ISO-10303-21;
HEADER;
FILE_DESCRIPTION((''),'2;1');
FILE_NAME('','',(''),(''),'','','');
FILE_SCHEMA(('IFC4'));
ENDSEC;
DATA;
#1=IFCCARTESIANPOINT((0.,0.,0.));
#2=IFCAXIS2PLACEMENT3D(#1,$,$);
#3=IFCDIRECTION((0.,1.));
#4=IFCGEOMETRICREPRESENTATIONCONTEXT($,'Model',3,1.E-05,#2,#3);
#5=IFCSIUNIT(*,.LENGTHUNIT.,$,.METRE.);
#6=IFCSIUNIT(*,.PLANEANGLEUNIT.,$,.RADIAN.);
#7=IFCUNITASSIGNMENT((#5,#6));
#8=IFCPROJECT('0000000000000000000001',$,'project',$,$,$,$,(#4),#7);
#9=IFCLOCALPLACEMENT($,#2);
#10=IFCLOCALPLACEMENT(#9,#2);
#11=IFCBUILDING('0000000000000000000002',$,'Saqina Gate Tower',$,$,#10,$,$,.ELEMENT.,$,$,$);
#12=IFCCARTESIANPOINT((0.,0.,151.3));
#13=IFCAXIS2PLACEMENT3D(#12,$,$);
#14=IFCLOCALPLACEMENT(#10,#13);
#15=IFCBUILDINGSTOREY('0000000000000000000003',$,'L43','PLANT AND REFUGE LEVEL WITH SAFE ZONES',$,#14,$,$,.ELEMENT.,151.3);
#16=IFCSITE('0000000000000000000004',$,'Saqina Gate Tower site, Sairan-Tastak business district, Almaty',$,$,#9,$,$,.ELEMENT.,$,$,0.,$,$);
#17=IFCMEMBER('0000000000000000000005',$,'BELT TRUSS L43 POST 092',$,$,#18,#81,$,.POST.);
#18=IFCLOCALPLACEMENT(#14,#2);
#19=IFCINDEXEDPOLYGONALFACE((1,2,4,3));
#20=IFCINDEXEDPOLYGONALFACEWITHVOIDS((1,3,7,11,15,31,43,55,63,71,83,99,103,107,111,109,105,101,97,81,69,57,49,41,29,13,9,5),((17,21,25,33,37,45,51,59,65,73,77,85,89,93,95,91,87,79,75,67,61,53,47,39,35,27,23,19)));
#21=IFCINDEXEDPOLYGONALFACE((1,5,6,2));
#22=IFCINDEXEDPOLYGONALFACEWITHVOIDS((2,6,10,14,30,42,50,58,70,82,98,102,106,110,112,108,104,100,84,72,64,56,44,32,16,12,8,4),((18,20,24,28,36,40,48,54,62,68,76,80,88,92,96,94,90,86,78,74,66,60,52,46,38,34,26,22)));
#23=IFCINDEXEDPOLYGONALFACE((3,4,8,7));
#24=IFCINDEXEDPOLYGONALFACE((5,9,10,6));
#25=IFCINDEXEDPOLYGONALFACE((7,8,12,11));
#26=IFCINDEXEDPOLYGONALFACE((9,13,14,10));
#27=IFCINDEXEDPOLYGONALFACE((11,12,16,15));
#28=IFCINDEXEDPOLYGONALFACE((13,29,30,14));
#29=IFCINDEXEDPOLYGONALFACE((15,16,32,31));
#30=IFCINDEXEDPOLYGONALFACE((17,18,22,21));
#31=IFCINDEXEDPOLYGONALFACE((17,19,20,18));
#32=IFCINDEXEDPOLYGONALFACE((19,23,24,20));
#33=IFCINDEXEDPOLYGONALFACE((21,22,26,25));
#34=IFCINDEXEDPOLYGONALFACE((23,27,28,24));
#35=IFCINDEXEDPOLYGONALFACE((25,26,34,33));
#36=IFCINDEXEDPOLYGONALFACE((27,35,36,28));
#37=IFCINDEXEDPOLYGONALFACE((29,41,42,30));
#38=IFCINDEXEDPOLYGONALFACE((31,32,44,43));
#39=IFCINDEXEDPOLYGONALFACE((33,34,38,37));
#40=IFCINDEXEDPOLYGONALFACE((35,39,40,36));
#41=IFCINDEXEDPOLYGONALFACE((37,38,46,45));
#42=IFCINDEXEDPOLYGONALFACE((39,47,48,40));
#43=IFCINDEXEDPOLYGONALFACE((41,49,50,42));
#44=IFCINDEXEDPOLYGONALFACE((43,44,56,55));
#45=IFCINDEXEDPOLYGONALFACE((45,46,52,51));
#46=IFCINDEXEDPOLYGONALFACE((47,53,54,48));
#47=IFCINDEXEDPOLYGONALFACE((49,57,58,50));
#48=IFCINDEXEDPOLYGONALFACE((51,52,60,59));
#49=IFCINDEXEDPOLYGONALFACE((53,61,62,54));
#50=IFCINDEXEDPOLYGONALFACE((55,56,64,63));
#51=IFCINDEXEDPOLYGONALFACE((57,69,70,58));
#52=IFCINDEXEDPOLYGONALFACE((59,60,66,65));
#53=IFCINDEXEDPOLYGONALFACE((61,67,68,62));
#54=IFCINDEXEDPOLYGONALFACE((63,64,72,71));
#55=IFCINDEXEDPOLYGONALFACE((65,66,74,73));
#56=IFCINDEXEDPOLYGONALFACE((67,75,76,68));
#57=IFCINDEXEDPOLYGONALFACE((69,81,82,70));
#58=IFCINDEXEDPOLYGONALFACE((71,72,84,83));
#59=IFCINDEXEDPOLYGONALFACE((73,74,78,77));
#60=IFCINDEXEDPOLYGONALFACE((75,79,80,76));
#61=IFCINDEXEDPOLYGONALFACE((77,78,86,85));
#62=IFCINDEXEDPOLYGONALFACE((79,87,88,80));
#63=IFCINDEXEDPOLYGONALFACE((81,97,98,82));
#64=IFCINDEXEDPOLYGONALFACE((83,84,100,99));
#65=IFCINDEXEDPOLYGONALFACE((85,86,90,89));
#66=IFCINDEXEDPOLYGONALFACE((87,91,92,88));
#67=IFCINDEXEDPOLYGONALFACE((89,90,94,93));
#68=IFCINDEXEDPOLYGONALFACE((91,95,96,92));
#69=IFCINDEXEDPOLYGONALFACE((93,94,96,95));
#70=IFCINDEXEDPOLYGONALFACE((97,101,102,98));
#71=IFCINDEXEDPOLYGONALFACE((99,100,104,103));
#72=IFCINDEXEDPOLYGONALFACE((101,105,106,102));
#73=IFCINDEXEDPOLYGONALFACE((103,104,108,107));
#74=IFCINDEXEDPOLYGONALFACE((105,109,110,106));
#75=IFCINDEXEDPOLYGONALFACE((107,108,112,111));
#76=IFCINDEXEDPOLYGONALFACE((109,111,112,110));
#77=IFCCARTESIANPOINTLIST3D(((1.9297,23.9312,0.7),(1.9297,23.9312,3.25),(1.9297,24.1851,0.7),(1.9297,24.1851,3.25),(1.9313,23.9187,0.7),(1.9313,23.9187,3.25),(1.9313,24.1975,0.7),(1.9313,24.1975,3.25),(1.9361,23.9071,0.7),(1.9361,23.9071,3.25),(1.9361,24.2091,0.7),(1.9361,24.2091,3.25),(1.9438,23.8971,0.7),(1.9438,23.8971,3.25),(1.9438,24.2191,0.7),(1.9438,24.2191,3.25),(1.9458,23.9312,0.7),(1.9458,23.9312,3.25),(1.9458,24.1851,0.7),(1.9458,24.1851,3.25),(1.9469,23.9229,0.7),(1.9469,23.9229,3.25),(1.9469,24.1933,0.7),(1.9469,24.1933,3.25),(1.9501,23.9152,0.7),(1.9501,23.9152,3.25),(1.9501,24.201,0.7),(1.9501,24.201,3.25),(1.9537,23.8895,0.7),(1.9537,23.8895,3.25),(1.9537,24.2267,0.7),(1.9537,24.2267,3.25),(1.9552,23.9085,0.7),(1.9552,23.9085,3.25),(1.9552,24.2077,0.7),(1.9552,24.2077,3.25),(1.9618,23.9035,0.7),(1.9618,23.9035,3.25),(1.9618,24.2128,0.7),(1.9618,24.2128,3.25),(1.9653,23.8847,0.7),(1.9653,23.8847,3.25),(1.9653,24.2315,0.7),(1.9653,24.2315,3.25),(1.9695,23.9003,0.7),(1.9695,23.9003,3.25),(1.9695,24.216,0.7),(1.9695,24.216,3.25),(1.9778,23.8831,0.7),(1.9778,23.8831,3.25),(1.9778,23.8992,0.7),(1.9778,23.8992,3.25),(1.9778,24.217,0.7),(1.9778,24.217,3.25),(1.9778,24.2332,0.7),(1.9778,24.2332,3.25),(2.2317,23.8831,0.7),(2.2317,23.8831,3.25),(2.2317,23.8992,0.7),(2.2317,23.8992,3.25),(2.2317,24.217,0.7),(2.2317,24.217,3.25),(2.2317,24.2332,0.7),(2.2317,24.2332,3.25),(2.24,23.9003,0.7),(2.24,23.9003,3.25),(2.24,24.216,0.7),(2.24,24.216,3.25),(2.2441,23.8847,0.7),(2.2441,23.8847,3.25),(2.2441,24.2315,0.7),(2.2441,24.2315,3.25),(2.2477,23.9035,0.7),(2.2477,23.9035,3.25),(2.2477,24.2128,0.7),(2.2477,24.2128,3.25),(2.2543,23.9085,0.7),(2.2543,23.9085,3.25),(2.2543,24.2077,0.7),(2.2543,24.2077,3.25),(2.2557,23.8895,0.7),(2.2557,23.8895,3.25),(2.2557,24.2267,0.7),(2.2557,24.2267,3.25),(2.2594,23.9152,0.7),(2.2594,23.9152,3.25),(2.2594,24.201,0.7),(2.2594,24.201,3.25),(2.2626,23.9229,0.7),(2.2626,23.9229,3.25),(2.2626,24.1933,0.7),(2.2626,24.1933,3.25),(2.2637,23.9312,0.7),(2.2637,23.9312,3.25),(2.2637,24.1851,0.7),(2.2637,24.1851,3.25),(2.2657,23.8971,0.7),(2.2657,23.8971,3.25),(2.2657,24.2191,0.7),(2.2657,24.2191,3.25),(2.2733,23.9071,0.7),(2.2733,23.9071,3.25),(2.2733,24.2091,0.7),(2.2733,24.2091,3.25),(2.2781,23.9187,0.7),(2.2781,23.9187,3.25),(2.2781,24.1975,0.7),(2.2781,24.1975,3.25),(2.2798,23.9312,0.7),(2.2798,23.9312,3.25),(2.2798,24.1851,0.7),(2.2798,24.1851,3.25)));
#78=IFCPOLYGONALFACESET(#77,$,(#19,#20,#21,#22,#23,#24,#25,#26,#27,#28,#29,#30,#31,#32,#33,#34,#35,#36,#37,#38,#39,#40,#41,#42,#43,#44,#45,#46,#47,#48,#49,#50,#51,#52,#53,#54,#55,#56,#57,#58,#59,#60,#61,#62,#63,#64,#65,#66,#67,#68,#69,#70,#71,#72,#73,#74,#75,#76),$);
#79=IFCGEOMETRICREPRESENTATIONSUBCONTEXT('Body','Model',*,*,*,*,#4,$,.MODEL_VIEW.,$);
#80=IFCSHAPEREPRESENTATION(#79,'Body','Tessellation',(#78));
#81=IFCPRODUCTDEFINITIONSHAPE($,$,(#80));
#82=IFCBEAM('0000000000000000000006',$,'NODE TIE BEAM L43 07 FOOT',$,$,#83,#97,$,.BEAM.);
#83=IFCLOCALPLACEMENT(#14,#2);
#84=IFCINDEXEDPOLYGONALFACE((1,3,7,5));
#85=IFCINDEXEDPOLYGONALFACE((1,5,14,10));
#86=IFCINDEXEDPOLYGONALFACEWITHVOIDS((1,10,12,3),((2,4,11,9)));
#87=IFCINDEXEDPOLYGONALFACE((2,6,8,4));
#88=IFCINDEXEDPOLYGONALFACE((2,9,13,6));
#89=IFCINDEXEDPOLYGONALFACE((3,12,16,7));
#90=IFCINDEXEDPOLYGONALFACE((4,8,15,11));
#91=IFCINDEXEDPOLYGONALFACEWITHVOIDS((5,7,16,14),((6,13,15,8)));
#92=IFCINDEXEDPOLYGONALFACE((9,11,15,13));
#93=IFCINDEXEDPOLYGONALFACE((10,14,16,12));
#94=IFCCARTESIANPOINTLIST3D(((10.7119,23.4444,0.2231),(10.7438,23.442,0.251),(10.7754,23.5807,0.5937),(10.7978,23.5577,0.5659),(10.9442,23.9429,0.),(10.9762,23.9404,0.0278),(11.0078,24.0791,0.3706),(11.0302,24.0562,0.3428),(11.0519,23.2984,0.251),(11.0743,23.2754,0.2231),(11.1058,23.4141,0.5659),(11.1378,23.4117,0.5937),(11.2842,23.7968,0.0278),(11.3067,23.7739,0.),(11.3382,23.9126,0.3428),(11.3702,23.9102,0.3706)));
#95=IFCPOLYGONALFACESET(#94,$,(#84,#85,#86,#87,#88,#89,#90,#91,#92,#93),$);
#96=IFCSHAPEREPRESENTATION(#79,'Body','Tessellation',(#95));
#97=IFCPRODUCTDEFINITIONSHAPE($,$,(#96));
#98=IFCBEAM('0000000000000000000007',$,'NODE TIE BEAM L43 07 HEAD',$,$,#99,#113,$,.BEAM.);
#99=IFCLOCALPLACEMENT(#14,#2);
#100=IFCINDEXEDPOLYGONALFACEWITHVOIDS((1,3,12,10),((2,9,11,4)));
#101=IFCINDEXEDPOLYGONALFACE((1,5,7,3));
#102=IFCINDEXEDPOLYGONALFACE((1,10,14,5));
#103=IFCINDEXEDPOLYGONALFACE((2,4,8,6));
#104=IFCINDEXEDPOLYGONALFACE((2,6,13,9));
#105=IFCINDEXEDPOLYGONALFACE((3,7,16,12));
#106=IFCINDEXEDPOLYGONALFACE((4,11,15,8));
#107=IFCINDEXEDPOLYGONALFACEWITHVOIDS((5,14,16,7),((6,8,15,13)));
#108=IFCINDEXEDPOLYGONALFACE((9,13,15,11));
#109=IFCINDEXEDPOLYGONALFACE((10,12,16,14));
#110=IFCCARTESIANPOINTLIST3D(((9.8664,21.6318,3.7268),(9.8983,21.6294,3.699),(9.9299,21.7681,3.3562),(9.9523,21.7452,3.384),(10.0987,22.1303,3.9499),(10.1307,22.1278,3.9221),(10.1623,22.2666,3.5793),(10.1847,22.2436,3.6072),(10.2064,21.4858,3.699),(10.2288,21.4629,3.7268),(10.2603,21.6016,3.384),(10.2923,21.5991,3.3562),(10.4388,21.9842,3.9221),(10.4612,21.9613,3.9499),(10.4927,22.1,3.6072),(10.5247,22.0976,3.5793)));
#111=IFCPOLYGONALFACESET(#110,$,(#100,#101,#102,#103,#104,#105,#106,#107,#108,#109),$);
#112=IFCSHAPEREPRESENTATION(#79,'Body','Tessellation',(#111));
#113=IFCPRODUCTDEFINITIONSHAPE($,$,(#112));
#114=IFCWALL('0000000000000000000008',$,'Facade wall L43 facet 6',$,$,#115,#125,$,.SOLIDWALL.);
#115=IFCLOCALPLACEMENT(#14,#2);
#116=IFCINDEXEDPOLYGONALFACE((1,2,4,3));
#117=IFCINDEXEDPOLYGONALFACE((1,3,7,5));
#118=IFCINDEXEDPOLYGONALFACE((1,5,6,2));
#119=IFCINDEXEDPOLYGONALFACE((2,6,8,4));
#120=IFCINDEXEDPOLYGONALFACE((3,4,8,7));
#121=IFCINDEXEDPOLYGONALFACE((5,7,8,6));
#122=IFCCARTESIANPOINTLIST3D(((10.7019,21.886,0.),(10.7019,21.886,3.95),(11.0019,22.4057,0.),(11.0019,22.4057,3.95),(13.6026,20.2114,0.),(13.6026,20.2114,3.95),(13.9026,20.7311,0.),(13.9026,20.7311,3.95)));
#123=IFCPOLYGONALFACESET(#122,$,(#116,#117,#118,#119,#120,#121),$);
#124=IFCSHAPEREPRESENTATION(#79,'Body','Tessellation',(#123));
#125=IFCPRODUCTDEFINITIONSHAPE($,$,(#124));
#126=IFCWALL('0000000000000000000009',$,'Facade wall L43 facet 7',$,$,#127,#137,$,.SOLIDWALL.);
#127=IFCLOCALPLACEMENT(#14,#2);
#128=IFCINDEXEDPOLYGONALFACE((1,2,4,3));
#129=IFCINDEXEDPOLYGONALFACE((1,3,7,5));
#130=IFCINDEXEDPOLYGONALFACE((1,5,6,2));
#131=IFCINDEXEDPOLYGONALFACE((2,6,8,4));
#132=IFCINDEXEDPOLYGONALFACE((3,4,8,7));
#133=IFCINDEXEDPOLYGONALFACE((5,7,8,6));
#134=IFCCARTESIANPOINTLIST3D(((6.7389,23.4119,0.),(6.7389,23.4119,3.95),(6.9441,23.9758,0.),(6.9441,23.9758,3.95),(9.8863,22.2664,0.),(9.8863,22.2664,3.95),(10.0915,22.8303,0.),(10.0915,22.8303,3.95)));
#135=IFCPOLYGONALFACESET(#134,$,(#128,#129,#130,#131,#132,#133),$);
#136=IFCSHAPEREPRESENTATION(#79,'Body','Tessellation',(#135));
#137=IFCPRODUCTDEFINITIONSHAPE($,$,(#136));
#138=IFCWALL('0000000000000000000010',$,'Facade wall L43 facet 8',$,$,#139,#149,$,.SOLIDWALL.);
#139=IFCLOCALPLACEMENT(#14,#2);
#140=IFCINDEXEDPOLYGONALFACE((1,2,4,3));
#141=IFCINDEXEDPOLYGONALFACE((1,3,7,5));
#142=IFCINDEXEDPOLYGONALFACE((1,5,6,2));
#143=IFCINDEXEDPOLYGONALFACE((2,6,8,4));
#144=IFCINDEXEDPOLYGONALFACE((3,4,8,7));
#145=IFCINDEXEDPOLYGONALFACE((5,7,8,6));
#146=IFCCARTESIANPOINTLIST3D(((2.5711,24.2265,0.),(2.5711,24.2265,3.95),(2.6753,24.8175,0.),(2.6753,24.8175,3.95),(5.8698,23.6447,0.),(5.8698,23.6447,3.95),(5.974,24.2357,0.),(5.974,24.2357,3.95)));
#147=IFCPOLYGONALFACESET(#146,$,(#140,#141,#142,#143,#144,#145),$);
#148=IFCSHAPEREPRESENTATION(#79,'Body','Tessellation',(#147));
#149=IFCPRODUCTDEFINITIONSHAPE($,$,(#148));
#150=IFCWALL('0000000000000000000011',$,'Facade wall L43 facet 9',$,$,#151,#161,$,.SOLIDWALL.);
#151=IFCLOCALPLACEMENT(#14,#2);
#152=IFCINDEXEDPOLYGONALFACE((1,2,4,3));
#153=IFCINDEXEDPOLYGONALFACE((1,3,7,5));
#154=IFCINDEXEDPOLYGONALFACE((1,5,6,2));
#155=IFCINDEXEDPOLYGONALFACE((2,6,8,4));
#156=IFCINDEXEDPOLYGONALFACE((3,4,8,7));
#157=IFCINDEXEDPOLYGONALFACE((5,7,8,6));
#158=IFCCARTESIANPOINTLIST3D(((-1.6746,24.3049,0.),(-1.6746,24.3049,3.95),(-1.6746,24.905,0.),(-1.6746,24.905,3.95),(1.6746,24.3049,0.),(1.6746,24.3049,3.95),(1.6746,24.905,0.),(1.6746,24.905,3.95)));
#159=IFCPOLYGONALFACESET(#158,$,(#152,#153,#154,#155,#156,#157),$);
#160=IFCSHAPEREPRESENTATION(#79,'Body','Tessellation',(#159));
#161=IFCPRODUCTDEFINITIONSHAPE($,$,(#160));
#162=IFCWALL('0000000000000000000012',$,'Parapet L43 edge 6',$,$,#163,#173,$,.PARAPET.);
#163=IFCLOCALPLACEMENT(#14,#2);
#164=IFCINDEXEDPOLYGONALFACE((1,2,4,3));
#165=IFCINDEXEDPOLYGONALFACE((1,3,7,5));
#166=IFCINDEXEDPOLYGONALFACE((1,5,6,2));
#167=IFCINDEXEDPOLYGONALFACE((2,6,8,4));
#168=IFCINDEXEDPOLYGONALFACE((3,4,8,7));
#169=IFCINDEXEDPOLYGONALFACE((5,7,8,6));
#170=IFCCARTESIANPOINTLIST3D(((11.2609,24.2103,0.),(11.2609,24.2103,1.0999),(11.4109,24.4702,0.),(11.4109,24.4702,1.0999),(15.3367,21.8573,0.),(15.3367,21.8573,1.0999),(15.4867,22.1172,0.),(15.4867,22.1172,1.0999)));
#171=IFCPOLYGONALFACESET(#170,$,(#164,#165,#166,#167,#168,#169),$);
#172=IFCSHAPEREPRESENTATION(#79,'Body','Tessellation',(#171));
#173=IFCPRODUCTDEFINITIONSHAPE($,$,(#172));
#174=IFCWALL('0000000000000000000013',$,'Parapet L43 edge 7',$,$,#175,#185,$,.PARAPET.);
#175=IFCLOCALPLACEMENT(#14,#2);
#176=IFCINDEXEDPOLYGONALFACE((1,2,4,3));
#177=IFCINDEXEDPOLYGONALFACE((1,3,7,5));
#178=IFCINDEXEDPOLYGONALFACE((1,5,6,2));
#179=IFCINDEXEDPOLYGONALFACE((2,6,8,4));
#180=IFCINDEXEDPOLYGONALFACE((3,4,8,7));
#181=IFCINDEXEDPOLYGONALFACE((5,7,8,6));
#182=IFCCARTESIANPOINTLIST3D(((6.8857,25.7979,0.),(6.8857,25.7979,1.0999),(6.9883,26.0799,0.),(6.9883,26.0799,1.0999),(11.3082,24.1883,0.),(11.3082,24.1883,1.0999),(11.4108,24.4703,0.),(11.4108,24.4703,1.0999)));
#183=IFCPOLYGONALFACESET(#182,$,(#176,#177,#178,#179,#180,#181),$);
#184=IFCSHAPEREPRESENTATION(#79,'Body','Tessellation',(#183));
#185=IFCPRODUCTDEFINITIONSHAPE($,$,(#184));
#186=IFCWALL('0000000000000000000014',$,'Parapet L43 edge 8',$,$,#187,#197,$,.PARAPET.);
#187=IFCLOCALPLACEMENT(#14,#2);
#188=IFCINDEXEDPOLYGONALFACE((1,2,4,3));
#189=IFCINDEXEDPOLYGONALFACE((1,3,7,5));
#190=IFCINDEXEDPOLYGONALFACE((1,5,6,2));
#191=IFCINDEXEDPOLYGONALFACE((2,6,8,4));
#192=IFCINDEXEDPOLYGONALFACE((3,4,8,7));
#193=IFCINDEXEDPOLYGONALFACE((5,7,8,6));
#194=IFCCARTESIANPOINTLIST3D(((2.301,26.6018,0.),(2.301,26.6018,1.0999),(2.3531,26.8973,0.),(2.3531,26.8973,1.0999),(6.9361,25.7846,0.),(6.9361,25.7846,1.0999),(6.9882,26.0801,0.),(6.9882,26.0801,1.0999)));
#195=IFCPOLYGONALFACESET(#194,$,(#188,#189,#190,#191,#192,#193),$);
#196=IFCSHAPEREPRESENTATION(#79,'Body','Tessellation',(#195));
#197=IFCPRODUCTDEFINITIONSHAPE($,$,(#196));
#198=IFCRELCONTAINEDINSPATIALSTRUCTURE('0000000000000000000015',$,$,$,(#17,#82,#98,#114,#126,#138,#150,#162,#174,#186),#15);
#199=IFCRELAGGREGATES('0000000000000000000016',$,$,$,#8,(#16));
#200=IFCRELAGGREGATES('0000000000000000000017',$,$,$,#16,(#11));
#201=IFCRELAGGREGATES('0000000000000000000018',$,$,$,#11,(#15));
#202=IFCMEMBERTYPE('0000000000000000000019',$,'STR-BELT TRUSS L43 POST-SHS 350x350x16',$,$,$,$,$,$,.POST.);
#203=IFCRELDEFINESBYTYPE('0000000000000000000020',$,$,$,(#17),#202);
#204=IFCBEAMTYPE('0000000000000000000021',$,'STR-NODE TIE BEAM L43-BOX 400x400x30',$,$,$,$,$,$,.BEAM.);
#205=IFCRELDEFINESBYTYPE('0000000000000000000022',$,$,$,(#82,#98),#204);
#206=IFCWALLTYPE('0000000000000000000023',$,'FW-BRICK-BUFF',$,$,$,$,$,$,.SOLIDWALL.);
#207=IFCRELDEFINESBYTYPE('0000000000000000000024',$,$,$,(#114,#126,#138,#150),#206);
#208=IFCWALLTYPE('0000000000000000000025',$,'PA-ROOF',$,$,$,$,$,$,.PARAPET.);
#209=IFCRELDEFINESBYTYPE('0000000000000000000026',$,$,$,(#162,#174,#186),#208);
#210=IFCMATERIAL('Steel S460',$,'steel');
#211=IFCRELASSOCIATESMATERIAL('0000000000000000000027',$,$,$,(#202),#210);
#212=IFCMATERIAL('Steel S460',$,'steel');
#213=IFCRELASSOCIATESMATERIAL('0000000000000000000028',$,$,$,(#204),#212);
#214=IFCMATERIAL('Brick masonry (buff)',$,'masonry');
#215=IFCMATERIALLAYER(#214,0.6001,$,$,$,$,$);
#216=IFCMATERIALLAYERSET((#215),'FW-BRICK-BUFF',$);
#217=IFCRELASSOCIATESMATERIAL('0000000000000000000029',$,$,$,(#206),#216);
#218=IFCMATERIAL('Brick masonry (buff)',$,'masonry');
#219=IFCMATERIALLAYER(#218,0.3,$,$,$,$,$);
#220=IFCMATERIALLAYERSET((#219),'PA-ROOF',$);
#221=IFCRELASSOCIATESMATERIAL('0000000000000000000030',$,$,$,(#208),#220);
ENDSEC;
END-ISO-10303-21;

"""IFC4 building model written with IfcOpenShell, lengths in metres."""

from ifc_helpers import new_model, si_unit, direction, frame, frame_2d, origin, origin_2d, place, context, subcontext, project, spatial, rectangle, hollow_rectangle, extrude, material, layer, layer_set, material_profile, profile_set, type_object, element, save


model = new_model("IFC4")

# Units and contexts
model_context = context("Model", 3, precision=1e-05, world=origin(), true_north=direction((0.0, 1.0)))
body_context = subcontext(model_context, "Body", "Model", "MODEL_VIEW")
ifc_project = project(units=[si_unit("LENGTHUNIT", "METRE"), si_unit("PLANEANGLEUNIT", "RADIAN")], contexts=[model_context])

# Site, building, storey
site_placement = place(None, origin())
site = spatial("IfcSite", under=ifc_project, at=site_placement, Name="Saqina Gate Tower site, Sairan-Tastak business district, Almaty", CompositionType="ELEMENT", RefElevation=0.0)
building_placement = place(site_placement, origin())
building = spatial("IfcBuilding", under=site, at=building_placement, Name="Saqina Gate Tower", CompositionType="ELEMENT")
storey_placement = place(building_placement, frame((0.0, 0.0, 151.3)))
storey = spatial("IfcBuildingStorey", under=building, at=storey_placement, Name="L43", Description="PLANT AND REFUGE LEVEL WITH SAFE ZONES", CompositionType="ELEMENT", Elevation=151.3)

# Member
ifc_material_1 = material(Name="Steel S460", Category="steel")
ifc_material_profile_1 = material_profile(ifc_material_1, hollow_rectangle(XDim=0.3501, YDim=0.3501, WallThickness=0.0161, InnerFilletRadius=0.032, OuterFilletRadius=0.0481, at=origin_2d()), Name="SHS 350x350x16")
ifc_profile_set_1 = profile_set([ifc_material_profile_1], Name="Steel S460")
member_type_1 = type_object("IfcMemberType", Name="STR-BELT TRUSS L43 POST-SHS 350x350x16", PredefinedType="POST", material=ifc_profile_set_1)
for number, where, z_axis, x_axis, name in (
    (1, (2.1047, 24.0581, 0.7), (0.0, 0.0, 1.0), (1.0, 0.0, 0.0), "BELT TRUSS L43 POST 092"),
):
    element("IfcMember", number, at=place(storey_placement, frame(where, z_axis=z_axis, x_axis=x_axis)), inside=storey, type_object=member_type_1, Name=name, PredefinedType="POST", context=body_context, shape_type="SweptSolid", body=[
        extrude(hollow_rectangle(XDim=0.3501, YDim=0.3501, WallThickness=0.0161, InnerFilletRadius=0.032, OuterFilletRadius=0.0481, at=origin_2d()), origin(), (0.0, 0.0, 1.0), 2.55),
    ])

# Beams
ifc_material_2 = material(Name="Steel S460", Category="steel")
ifc_material_profile_2 = material_profile(ifc_material_2, hollow_rectangle(XDim=0.3999, YDim=0.3999, WallThickness=0.03, at=origin_2d()), Name="BOX 400x400x30")
ifc_profile_set_2 = profile_set([ifc_material_profile_2], Name="Steel S460")
beam_type = type_object("IfcBeamType", Name="STR-NODE TIE BEAM L43-BOX 400x400x30", PredefinedType="BEAM", material=ifc_profile_set_2)
for number, where, z_axis, x_axis, name in (
    (2, (11.1572, 23.9265, 0.1853), (-0.391552, -0.839863, 0.375923), (0.906342, -0.422545, 0.0), "NODE TIE BEAM L43 07 FOOT"),
    (3, (10.0793, 21.6155, 3.5415), (0.391552, 0.839863, 0.375923), (-0.906342, 0.422545, 0.0), "NODE TIE BEAM L43 07 HEAD"),
):
    element("IfcBeam", number, at=place(storey_placement, frame(where, z_axis=z_axis, x_axis=x_axis)), inside=storey, type_object=beam_type, Name=name, PredefinedType="BEAM", context=body_context, shape_type="SweptSolid", body=[
        extrude(hollow_rectangle(XDim=0.3999, YDim=0.3999, WallThickness=0.03, at=origin_2d()), origin(), (0.0, 0.0, 1.0), 0.5935),
    ])

# Walls
ifc_material_3 = material(Name="Brick masonry (buff)", Category="masonry")
ifc_layer_1 = layer(ifc_material_3, 0.6001)
ifc_layer_set_1 = layer_set([ifc_layer_1], Name="FW-BRICK-BUFF")
wall_type_1 = type_object("IfcWallType", Name="FW-BRICK-BUFF", PredefinedType="SOLIDWALL", material=ifc_layer_set_1)
for number, where, z_axis, x_axis, name in (
    (4, (13.7527, 20.4712, 0.0), (0.0, 0.0, 1.0), (-0.866041, 0.499973, 0.0), "Facade wall L43 facet 6"),
    (5, (9.989, 22.5483, 0.0), (0.0, 0.0, 1.0), (-0.9397, 0.342001, 0.0), "Facade wall L43 facet 7"),
):
    element("IfcWall", number, at=place(storey_placement, frame(where, z_axis=z_axis, x_axis=x_axis)), inside=storey, type_object=wall_type_1, Name=name, PredefinedType="SOLIDWALL", context=body_context, shape_type="SweptSolid", body=[
        extrude(rectangle(XDim=3.3494, YDim=0.6001, at=frame_2d((1.6748, 0.0))), origin(), (0.0, 0.0, 1.0), 3.95),
    ])
wall_1_placement = place(storey_placement, frame((5.9219, 23.9402, 0.0), z_axis=(0.0, 0.0, 1.0), x_axis=(-0.9848, 0.173694, 0.0)))
element("IfcWall", 6, at=wall_1_placement, inside=storey, type_object=wall_type_1, Name="Facade wall L43 facet 8", PredefinedType="SOLIDWALL", context=body_context, shape_type="SweptSolid", body=[
    extrude(rectangle(XDim=3.3496, YDim=0.6001, at=frame_2d((1.6748, 0.0))), origin(), (0.0, 0.0, 1.0), 3.95),
])
wall_2_placement = place(storey_placement, frame((1.6746, 24.605, 0.0), z_axis=(0.0, 0.0, 1.0), x_axis=(-1.0, 0.0, 0.0)))
element("IfcWall", 7, at=wall_2_placement, inside=storey, type_object=wall_type_1, Name="Facade wall L43 facet 9", PredefinedType="SOLIDWALL", context=body_context, shape_type="SweptSolid", body=[
    extrude(rectangle(XDim=3.3491, YDim=0.6001, at=frame_2d((1.6746, 0.0))), origin(), (0.0, 0.0, 1.0), 3.95),
])
ifc_material_4 = material(Name="Brick masonry (buff)", Category="masonry")
ifc_layer_2 = layer(ifc_material_4, 0.3)
ifc_layer_set_2 = layer_set([ifc_layer_2], Name="PA-ROOF")
wall_type_2 = type_object("IfcWallType", Name="PA-ROOF", PredefinedType="PARAPET", material=ifc_layer_set_2)
for number, where, z_axis, x_axis, name in (
    (8, (15.4116, 21.9873, 0.0), (0.0, 0.0, 1.0), (-0.866045, 0.499966, 0.0), "Parapet L43 edge 6"),
    (9, (11.3594, 24.3293, 0.0), (0.0, 0.0, 1.0), (-0.939698, 0.342005, 0.0), "Parapet L43 edge 7"),
):
    element("IfcWall", number, at=place(storey_placement, frame(where, z_axis=z_axis, x_axis=x_axis)), inside=storey, type_object=wall_type_2, Name=name, PredefinedType="PARAPET", context=body_context, shape_type="SweptSolid", body=[
        extrude(rectangle(XDim=4.7063, YDim=0.3, at=frame_2d((2.353, 0.0))), origin(), (0.0, 0.0, 1.0), 1.0999),
    ])
for number, where, z_axis, x_axis, name in (
    (10, (6.9622, 25.9324, 0.0), (0.0, 0.0, 1.0), (-0.984813, 0.17362, 0.0), "Parapet L43 edge 8"),
):
    element("IfcWall", number, at=place(storey_placement, frame(where, z_axis=z_axis, x_axis=x_axis)), inside=storey, type_object=wall_type_2, Name=name, PredefinedType="PARAPET", context=body_context, shape_type="SweptSolid", body=[
        extrude(rectangle(XDim=4.7065, YDim=0.3, at=frame_2d((2.3533, 0.0))), origin(), (0.0, 0.0, 1.0), 1.0999),
    ])

save(model, "model.ifc")
